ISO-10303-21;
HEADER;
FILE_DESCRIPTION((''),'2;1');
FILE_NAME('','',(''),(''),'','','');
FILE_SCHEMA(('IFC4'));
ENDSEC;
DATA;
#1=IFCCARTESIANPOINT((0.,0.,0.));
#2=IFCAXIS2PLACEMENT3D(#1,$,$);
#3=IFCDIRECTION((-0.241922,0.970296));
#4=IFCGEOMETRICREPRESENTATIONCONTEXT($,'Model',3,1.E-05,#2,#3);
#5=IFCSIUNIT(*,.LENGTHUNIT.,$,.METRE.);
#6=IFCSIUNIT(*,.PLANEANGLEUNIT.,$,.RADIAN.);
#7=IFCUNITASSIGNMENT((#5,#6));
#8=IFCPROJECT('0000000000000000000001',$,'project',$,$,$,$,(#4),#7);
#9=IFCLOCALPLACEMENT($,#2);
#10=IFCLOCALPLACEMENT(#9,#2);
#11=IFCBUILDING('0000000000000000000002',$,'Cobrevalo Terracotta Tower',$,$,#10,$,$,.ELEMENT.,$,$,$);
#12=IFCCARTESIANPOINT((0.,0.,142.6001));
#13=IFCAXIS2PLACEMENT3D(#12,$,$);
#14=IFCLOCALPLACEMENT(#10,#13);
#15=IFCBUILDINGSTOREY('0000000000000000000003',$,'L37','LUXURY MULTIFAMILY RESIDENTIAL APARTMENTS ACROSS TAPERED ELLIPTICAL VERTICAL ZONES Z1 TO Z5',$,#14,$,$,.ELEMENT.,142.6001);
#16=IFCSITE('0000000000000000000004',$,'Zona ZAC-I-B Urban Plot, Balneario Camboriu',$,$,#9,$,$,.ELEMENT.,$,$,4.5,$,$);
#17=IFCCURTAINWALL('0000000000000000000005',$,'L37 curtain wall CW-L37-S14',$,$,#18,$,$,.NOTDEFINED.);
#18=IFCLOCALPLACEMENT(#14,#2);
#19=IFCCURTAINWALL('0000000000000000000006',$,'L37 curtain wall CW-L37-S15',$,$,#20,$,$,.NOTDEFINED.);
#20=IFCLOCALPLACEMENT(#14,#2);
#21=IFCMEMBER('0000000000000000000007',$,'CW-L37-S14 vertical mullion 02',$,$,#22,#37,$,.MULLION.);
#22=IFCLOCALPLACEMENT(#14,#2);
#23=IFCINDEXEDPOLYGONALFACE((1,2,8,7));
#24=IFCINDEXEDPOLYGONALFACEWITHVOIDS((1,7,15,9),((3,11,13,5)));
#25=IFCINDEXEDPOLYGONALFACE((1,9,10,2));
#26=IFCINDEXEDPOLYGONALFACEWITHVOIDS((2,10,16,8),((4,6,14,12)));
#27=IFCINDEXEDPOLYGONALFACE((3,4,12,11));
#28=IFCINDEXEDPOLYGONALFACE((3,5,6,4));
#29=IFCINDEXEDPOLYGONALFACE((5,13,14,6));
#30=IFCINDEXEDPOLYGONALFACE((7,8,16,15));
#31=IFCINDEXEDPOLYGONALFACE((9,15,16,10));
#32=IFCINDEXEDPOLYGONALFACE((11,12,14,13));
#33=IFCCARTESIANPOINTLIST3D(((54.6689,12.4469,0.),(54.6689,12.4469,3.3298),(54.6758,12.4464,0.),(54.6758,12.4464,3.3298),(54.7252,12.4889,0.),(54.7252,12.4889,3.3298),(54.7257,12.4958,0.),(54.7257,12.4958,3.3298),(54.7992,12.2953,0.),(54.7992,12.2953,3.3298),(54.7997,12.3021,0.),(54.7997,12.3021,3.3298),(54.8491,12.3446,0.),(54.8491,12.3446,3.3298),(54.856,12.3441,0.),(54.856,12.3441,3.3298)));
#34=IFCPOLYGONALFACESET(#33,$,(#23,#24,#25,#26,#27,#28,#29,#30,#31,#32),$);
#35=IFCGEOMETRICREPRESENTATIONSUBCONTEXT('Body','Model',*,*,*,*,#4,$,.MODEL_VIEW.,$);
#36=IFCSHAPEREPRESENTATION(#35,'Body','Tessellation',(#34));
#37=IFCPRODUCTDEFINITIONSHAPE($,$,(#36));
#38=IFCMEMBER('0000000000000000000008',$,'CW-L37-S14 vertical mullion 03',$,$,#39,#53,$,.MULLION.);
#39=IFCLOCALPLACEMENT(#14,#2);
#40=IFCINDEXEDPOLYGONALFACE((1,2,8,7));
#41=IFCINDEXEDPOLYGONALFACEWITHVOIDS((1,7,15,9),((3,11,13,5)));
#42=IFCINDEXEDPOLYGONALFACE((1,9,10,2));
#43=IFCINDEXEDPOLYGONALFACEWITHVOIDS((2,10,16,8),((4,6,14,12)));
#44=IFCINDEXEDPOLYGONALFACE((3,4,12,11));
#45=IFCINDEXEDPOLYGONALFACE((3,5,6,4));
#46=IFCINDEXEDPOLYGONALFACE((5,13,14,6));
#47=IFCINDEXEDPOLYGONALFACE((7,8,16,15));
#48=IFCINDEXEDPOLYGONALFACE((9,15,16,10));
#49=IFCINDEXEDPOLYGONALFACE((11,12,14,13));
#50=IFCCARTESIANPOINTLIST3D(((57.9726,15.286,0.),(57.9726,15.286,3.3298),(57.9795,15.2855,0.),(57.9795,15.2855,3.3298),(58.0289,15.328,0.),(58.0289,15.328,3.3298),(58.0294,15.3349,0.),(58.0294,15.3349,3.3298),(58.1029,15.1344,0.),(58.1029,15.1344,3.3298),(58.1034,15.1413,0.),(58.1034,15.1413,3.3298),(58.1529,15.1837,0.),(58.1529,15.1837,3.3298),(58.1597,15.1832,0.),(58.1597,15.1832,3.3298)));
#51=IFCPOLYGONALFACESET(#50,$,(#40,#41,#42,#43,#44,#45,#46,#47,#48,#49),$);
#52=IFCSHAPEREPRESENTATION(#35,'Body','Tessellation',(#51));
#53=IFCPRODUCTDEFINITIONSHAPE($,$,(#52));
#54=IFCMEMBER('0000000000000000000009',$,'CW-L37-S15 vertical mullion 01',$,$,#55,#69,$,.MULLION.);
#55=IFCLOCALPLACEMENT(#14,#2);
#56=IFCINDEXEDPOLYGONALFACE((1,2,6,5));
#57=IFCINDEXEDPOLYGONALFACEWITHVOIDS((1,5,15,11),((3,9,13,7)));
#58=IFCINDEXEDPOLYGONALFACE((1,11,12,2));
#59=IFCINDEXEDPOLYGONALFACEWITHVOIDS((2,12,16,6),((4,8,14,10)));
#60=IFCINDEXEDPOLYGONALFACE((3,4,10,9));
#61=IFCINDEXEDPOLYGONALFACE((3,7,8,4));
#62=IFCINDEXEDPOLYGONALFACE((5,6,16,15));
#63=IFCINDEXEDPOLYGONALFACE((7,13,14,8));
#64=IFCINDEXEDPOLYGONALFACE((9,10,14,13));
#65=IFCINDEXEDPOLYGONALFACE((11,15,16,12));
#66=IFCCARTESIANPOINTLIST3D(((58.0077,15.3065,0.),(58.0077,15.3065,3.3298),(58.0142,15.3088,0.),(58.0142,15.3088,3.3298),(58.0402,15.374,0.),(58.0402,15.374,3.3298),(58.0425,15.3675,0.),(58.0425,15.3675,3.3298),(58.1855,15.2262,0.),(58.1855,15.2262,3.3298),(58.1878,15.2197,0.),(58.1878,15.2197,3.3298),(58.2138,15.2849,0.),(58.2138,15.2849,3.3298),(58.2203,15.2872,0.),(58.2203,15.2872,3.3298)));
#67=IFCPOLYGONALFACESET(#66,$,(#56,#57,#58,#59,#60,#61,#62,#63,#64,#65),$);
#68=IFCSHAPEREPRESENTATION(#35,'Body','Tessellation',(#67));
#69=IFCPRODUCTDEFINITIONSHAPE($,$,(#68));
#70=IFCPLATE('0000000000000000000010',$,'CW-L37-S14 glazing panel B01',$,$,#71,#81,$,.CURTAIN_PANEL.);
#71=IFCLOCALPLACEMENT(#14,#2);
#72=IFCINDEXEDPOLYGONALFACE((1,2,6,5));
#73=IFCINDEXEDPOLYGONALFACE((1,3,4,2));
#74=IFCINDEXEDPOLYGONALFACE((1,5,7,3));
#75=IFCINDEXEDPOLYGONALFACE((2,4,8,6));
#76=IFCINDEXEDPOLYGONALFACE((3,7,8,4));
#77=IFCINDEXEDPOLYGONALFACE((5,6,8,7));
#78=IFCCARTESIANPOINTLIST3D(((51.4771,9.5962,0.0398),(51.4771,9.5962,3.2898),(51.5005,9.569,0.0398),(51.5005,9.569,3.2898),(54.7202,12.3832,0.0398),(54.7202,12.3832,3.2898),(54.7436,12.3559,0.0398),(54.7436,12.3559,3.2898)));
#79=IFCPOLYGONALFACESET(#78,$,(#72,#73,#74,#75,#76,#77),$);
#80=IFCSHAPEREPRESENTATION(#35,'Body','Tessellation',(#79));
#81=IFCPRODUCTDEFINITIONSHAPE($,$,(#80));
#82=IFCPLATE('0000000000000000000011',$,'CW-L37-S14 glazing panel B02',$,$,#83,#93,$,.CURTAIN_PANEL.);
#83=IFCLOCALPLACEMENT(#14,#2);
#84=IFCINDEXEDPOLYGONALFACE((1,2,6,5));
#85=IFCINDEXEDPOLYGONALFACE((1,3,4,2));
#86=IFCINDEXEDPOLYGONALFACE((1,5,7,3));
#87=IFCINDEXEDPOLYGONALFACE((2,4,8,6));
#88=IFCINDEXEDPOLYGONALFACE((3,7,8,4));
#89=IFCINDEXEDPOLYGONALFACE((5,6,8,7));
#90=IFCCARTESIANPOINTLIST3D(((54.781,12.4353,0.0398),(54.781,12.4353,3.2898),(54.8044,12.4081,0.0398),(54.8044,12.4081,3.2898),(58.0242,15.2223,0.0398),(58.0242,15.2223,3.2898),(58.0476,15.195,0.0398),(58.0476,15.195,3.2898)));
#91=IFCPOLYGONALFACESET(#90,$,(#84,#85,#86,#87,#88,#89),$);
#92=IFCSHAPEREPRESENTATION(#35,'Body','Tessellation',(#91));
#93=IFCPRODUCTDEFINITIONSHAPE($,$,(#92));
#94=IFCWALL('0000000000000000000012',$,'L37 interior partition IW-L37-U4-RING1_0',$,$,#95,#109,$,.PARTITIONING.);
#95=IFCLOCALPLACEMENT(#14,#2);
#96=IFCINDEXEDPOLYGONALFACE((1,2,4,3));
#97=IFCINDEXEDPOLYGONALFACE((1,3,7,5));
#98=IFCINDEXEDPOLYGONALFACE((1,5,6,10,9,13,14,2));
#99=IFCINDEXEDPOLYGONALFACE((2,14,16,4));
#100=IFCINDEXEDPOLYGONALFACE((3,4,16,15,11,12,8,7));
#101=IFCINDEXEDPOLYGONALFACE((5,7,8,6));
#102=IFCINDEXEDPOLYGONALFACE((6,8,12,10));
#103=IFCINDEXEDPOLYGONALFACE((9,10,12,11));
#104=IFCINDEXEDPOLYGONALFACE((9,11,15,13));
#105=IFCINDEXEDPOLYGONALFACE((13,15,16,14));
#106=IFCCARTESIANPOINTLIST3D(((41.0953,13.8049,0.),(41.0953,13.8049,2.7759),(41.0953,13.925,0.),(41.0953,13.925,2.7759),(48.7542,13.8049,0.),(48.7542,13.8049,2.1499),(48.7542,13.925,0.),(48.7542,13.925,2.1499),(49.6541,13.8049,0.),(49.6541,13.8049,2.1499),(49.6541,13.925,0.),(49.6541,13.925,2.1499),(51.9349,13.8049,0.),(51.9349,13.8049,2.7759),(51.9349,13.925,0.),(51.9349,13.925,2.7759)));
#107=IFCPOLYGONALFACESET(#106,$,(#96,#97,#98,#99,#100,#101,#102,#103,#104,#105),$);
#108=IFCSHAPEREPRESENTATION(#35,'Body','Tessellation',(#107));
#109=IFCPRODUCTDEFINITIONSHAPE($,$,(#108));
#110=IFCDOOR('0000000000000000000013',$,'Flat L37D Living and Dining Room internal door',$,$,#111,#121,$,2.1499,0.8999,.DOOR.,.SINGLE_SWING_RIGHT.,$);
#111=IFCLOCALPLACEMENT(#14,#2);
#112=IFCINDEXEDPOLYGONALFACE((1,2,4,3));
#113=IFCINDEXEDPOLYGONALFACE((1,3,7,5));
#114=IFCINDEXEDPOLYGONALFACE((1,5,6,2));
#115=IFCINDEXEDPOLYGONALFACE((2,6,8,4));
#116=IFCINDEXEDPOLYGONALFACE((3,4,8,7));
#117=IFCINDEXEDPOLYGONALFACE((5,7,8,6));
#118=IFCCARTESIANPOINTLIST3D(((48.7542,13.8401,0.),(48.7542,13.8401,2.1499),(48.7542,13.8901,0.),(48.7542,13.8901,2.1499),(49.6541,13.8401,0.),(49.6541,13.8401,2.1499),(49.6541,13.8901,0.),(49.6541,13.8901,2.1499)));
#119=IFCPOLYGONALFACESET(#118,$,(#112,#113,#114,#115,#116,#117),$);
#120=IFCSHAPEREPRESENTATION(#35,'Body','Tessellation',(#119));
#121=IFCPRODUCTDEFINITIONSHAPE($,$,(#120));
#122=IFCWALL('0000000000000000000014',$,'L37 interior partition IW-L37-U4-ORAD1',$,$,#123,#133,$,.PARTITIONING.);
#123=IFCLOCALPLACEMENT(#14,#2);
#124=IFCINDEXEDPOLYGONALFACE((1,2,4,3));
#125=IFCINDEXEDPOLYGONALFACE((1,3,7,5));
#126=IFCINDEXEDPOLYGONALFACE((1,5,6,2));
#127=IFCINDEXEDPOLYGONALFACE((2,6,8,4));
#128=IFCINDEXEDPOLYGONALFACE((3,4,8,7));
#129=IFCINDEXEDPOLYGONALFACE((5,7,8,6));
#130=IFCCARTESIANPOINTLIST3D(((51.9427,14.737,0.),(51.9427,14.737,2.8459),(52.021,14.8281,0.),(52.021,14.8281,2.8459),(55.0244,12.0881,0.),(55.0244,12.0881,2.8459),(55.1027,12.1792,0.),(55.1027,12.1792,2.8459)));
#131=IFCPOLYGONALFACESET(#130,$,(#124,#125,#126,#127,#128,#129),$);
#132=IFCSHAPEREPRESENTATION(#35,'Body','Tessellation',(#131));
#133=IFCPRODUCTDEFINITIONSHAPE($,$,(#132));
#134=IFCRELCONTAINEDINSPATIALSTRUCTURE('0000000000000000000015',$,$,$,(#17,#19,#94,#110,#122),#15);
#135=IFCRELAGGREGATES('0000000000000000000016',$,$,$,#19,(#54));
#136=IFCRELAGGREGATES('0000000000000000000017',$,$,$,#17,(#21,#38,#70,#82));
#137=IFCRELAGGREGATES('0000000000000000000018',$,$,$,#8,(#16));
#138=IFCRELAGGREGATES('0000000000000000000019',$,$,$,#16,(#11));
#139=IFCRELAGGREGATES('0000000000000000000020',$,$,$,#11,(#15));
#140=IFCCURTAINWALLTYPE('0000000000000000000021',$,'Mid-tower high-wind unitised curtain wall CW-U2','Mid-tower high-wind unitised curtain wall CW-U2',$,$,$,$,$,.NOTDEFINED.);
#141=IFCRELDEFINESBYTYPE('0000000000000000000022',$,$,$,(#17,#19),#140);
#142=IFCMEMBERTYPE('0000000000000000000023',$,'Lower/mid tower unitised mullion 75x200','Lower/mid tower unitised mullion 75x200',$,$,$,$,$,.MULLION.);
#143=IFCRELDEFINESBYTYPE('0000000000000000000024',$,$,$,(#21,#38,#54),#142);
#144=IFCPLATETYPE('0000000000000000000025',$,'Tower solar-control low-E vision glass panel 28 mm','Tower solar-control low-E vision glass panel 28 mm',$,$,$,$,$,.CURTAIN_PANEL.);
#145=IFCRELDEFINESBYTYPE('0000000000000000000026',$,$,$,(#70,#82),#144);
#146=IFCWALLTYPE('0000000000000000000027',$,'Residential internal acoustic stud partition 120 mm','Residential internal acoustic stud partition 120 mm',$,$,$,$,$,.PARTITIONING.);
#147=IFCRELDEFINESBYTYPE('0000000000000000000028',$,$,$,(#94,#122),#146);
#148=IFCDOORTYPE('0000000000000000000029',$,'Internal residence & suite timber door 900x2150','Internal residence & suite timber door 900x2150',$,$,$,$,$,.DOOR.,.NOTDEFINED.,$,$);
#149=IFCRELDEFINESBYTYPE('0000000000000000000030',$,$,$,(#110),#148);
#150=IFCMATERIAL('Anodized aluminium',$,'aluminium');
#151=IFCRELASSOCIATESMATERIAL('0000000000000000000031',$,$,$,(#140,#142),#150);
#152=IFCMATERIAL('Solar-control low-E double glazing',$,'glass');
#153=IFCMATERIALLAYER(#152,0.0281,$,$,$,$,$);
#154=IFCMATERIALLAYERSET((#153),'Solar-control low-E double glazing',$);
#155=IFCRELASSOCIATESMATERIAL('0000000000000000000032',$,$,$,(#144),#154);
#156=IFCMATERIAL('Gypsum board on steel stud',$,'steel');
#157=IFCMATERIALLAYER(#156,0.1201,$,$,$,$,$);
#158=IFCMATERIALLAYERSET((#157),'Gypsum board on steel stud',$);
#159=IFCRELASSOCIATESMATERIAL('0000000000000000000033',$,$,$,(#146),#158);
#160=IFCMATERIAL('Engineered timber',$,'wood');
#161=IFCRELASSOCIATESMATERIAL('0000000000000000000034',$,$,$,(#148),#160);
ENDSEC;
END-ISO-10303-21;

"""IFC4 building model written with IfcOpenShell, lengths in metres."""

from ifc_helpers import new_model, si_unit, direction, frame, frame_2d, origin, origin_2d, place, context, subcontext, project, spatial, rectangle, hollow_rectangle, extrude, source, transform, mapped, material, layer, layer_set, material_profile, profile_set, type_object, element, fill, aggregate, save


model = new_model("IFC4")

# Units and contexts
model_context = context("Model", 3, precision=1e-05, world=origin(), true_north=direction((-0.241922, 0.970296)))
body_context = subcontext(model_context, "Body", "Model", "MODEL_VIEW")
ifc_project = project(units=[si_unit("LENGTHUNIT", "METRE"), si_unit("PLANEANGLEUNIT", "RADIAN")], contexts=[model_context])

# Site, building, storey
site_placement = place(None, origin())
site = spatial("IfcSite", under=ifc_project, at=site_placement, Name="Zona ZAC-I-B Urban Plot, Balneario Camboriu", CompositionType="ELEMENT", RefElevation=4.5)
building_placement = place(site_placement, origin())
building = spatial("IfcBuilding", under=site, at=building_placement, Name="Cobrevalo Terracotta Tower", CompositionType="ELEMENT")
storey_placement = place(building_placement, frame((0.0, 0.0, 142.6001)))
storey = spatial("IfcBuildingStorey", under=building, at=storey_placement, Name="L37", Description="LUXURY MULTIFAMILY RESIDENTIAL APARTMENTS ACROSS TAPERED ELLIPTICAL VERTICAL ZONES Z1 TO Z5", CompositionType="ELEMENT", Elevation=142.6001)

# Curtain walls
ifc_material_1 = material(Name="Anodized aluminium", Category="aluminium")
curtain_wall_type = type_object("IfcCurtainWallType", Name="Mid-tower high-wind unitised curtain wall CW-U2", Description="Mid-tower high-wind unitised curtain wall CW-U2", PredefinedType="NOTDEFINED", material=ifc_material_1)
curtain_wall_1_placement = place(storey_placement, origin())
curtain_wall_1 = element("IfcCurtainWall", 1, at=curtain_wall_1_placement, inside=storey, type_object=curtain_wall_type, Name="L37 curtain wall CW-L37-S14", PredefinedType="NOTDEFINED")
curtain_wall_2_placement = place(storey_placement, origin())
curtain_wall_2 = element("IfcCurtainWall", 2, at=curtain_wall_2_placement, inside=storey, type_object=curtain_wall_type, Name="L37 curtain wall CW-L37-S15", PredefinedType="NOTDEFINED")

# Members
ifc_material_profile_1 = material_profile(ifc_material_1, hollow_rectangle(XDim=0.075, YDim=0.2, WallThickness=0.0049, at=origin_2d()), Name="CWM 75x200")
ifc_profile_set_1 = profile_set([ifc_material_profile_1], Name="Anodized aluminium")
member_type_1 = type_object("IfcMemberType", Name="Lower/mid tower unitised mullion 75x200", Description="Lower/mid tower unitised mullion 75x200", PredefinedType="MULLION", material=ifc_profile_set_1)
shared_shape_1 = source(origin(), body_context, "Body", "SweptSolid", [
    extrude(hollow_rectangle(XDim=0.075, YDim=0.2, WallThickness=0.0049, at=origin_2d()), origin(), (0.0, 0.0, 1.0), 3.3298),
])
member_1_placement = place(storey_placement, frame((54.7625, 12.3955, 0.0), z_axis=(0.0, 0.0, 1.0), x_axis=(0.758442, 0.651741, 0.0)))
member_1 = element("IfcMember", 3, at=member_1_placement, type_object=member_type_1, Name="CW-L37-S14 vertical mullion 02", PredefinedType="MULLION", context=body_context, shape_type="MappedRepresentation", body=[
    mapped(shared_shape_1, transform((0.0, 0.0, 0.0), scale=1.0)),
])
member_2_placement = place(storey_placement, frame((58.0662, 15.2346, 0.0), z_axis=(0.0, 0.0, 1.0), x_axis=(0.758442, 0.651741, 0.0)))
member_2 = element("IfcMember", 4, at=member_2_placement, type_object=member_type_1, Name="CW-L37-S14 vertical mullion 03", PredefinedType="MULLION", context=body_context, shape_type="MappedRepresentation", body=[
    mapped(shared_shape_1, transform((0.0, 0.0, 0.0), scale=1.0)),
])
member_3_placement = place(storey_placement, frame((58.114, 15.2969, 0.0), z_axis=(0.0, 0.0, 1.0), x_axis=(0.434209, 0.900812, 0.0)))
member_3 = element("IfcMember", 5, at=member_3_placement, type_object=member_type_1, Name="CW-L37-S15 vertical mullion 01", PredefinedType="MULLION", context=body_context, shape_type="MappedRepresentation", body=[
    mapped(shared_shape_1, transform((0.0, 0.0, 0.0), scale=1.0)),
])
aggregate(curtain_wall_2, [member_3])

# Plates
ifc_material_2 = material(Name="Solar-control low-E double glazing", Category="glass")
ifc_layer_1 = layer(ifc_material_2, 0.0281)
ifc_layer_set_1 = layer_set([ifc_layer_1], Name="Solar-control low-E double glazing")
plate_type = type_object("IfcPlateType", Name="Tower solar-control low-E vision glass panel 28 mm", Description="Tower solar-control low-E vision glass panel 28 mm", PredefinedType="CURTAIN_PANEL", material=ifc_layer_set_1)
shared_shape_2 = source(origin(), body_context, "Body", "SweptSolid", [
    extrude(rectangle(XDim=4.2761, YDim=0.0359, at=origin_2d()), origin(), (0.0, 0.0, 1.0), 3.25),
])
plate_1_placement = place(storey_placement, frame((53.1104, 10.9761, 0.0398), z_axis=(0.0, 0.0, 1.0), x_axis=(0.758437, 0.651746, 0.0)))
plate_1 = element("IfcPlate", 6, at=plate_1_placement, type_object=plate_type, Name="CW-L37-S14 glazing panel B01", PredefinedType="CURTAIN_PANEL", context=body_context, shape_type="MappedRepresentation", body=[
    mapped(shared_shape_2, transform((0.0, 0.0, 0.0), scale=1.0)),
])
plate_2_placement = place(storey_placement, frame((56.4143, 13.8152, 0.0398), z_axis=(0.0, 0.0, 1.0), x_axis=(0.758437, 0.651746, 0.0)))
plate_2 = element("IfcPlate", 7, at=plate_2_placement, type_object=plate_type, Name="CW-L37-S14 glazing panel B02", PredefinedType="CURTAIN_PANEL", context=body_context, shape_type="MappedRepresentation", body=[
    mapped(shared_shape_2, transform((0.0, 0.0, 0.0), scale=1.0)),
])
aggregate(curtain_wall_1, [member_1, member_2, plate_1, plate_2])

# Wall, opening, door
ifc_material_3 = material(Name="Gypsum board on steel stud", Category="steel")
ifc_layer_2 = layer(ifc_material_3, 0.1201)
ifc_layer_set_2 = layer_set([ifc_layer_2], Name="Gypsum board on steel stud")
wall_type = type_object("IfcWallType", Name="Residential internal acoustic stud partition 120 mm", Description="Residential internal acoustic stud partition 120 mm", PredefinedType="PARTITIONING", material=ifc_layer_set_2)
wall_1_placement = place(storey_placement, frame((51.9351, 13.865, 0.0), z_axis=(0.0, 0.0, 1.0), x_axis=(-1.0, 0.0, 0.0)))
wall_1 = element("IfcWall", 8, at=wall_1_placement, inside=storey, type_object=wall_type, Name="L37 interior partition IW-L37-U4-RING1_0", PredefinedType="PARTITIONING", context=body_context, shape_type="SweptSolid", body=[
    extrude(rectangle(XDim=10.8396, YDim=0.1201, at=frame_2d((5.4199, 0.0))), origin(), (0.0, 0.0, 1.0), 2.7759),
])
opening_placement = place(wall_1_placement, frame((2.281, 0.0, 0.0)))
opening = element("IfcOpeningElement", 9, at=opening_placement, cuts=wall_1, PredefinedType="OPENING", context=body_context, shape_type="SweptSolid", body=[
    extrude(rectangle(XDim=0.8999, YDim=2.1499, at=frame_2d((0.45, 1.075))), frame((0.0, 0.0701, 0.0), z_axis=(0.0, -1.0, 0.0), x_axis=(1.0, 0.0, 0.0)), (0.0, 0.0, 1.0), 0.1401),
])
ifc_material_4 = material(Name="Engineered timber", Category="wood")
door_type = type_object("IfcDoorType", Name="Internal residence & suite timber door 900x2150", Description="Internal residence & suite timber door 900x2150", OperationType="NOTDEFINED", PredefinedType="DOOR", material=ifc_material_4)
shared_shape_3 = source(origin(), body_context, "Body", "SweptSolid", [
    extrude(rectangle(XDim=0.8999, YDim=2.1499, at=frame_2d((0.45, 1.075))), frame((0.0, 0.0249, 0.0), z_axis=(0.0, -1.0, 0.0), x_axis=(1.0, 0.0, 0.0)), (0.0, 0.0, 1.0), 0.05),
])
door_placement = place(opening_placement, origin())
door = element("IfcDoor", 10, at=door_placement, inside=storey, type_object=door_type, Name="Flat L37D Living and Dining Room internal door", OperationType="SINGLE_SWING_RIGHT", OverallHeight=2.1499, OverallWidth=0.8999, PredefinedType="DOOR", context=body_context, shape_type="MappedRepresentation", body=[
    mapped(shared_shape_3, transform((0.0, 0.0, 0.0), scale=1.0)),
])
fill(opening, door)

# Wall
wall_2_placement = place(storey_placement, frame((51.9819, 14.7825, 0.0), z_axis=(0.0, 0.0, 1.0), x_axis=(0.758357, -0.65184, 0.0)))
element("IfcWall", 11, at=wall_2_placement, inside=storey, type_object=wall_type, Name="L37 interior partition IW-L37-U4-ORAD1", PredefinedType="PARTITIONING", context=body_context, shape_type="SweptSolid", body=[
    extrude(rectangle(XDim=4.0637, YDim=0.1201, at=frame_2d((2.0317, 0.0))), origin(), (0.0, 0.0, 1.0), 2.8459),
])

save(model, "model.ifc")
